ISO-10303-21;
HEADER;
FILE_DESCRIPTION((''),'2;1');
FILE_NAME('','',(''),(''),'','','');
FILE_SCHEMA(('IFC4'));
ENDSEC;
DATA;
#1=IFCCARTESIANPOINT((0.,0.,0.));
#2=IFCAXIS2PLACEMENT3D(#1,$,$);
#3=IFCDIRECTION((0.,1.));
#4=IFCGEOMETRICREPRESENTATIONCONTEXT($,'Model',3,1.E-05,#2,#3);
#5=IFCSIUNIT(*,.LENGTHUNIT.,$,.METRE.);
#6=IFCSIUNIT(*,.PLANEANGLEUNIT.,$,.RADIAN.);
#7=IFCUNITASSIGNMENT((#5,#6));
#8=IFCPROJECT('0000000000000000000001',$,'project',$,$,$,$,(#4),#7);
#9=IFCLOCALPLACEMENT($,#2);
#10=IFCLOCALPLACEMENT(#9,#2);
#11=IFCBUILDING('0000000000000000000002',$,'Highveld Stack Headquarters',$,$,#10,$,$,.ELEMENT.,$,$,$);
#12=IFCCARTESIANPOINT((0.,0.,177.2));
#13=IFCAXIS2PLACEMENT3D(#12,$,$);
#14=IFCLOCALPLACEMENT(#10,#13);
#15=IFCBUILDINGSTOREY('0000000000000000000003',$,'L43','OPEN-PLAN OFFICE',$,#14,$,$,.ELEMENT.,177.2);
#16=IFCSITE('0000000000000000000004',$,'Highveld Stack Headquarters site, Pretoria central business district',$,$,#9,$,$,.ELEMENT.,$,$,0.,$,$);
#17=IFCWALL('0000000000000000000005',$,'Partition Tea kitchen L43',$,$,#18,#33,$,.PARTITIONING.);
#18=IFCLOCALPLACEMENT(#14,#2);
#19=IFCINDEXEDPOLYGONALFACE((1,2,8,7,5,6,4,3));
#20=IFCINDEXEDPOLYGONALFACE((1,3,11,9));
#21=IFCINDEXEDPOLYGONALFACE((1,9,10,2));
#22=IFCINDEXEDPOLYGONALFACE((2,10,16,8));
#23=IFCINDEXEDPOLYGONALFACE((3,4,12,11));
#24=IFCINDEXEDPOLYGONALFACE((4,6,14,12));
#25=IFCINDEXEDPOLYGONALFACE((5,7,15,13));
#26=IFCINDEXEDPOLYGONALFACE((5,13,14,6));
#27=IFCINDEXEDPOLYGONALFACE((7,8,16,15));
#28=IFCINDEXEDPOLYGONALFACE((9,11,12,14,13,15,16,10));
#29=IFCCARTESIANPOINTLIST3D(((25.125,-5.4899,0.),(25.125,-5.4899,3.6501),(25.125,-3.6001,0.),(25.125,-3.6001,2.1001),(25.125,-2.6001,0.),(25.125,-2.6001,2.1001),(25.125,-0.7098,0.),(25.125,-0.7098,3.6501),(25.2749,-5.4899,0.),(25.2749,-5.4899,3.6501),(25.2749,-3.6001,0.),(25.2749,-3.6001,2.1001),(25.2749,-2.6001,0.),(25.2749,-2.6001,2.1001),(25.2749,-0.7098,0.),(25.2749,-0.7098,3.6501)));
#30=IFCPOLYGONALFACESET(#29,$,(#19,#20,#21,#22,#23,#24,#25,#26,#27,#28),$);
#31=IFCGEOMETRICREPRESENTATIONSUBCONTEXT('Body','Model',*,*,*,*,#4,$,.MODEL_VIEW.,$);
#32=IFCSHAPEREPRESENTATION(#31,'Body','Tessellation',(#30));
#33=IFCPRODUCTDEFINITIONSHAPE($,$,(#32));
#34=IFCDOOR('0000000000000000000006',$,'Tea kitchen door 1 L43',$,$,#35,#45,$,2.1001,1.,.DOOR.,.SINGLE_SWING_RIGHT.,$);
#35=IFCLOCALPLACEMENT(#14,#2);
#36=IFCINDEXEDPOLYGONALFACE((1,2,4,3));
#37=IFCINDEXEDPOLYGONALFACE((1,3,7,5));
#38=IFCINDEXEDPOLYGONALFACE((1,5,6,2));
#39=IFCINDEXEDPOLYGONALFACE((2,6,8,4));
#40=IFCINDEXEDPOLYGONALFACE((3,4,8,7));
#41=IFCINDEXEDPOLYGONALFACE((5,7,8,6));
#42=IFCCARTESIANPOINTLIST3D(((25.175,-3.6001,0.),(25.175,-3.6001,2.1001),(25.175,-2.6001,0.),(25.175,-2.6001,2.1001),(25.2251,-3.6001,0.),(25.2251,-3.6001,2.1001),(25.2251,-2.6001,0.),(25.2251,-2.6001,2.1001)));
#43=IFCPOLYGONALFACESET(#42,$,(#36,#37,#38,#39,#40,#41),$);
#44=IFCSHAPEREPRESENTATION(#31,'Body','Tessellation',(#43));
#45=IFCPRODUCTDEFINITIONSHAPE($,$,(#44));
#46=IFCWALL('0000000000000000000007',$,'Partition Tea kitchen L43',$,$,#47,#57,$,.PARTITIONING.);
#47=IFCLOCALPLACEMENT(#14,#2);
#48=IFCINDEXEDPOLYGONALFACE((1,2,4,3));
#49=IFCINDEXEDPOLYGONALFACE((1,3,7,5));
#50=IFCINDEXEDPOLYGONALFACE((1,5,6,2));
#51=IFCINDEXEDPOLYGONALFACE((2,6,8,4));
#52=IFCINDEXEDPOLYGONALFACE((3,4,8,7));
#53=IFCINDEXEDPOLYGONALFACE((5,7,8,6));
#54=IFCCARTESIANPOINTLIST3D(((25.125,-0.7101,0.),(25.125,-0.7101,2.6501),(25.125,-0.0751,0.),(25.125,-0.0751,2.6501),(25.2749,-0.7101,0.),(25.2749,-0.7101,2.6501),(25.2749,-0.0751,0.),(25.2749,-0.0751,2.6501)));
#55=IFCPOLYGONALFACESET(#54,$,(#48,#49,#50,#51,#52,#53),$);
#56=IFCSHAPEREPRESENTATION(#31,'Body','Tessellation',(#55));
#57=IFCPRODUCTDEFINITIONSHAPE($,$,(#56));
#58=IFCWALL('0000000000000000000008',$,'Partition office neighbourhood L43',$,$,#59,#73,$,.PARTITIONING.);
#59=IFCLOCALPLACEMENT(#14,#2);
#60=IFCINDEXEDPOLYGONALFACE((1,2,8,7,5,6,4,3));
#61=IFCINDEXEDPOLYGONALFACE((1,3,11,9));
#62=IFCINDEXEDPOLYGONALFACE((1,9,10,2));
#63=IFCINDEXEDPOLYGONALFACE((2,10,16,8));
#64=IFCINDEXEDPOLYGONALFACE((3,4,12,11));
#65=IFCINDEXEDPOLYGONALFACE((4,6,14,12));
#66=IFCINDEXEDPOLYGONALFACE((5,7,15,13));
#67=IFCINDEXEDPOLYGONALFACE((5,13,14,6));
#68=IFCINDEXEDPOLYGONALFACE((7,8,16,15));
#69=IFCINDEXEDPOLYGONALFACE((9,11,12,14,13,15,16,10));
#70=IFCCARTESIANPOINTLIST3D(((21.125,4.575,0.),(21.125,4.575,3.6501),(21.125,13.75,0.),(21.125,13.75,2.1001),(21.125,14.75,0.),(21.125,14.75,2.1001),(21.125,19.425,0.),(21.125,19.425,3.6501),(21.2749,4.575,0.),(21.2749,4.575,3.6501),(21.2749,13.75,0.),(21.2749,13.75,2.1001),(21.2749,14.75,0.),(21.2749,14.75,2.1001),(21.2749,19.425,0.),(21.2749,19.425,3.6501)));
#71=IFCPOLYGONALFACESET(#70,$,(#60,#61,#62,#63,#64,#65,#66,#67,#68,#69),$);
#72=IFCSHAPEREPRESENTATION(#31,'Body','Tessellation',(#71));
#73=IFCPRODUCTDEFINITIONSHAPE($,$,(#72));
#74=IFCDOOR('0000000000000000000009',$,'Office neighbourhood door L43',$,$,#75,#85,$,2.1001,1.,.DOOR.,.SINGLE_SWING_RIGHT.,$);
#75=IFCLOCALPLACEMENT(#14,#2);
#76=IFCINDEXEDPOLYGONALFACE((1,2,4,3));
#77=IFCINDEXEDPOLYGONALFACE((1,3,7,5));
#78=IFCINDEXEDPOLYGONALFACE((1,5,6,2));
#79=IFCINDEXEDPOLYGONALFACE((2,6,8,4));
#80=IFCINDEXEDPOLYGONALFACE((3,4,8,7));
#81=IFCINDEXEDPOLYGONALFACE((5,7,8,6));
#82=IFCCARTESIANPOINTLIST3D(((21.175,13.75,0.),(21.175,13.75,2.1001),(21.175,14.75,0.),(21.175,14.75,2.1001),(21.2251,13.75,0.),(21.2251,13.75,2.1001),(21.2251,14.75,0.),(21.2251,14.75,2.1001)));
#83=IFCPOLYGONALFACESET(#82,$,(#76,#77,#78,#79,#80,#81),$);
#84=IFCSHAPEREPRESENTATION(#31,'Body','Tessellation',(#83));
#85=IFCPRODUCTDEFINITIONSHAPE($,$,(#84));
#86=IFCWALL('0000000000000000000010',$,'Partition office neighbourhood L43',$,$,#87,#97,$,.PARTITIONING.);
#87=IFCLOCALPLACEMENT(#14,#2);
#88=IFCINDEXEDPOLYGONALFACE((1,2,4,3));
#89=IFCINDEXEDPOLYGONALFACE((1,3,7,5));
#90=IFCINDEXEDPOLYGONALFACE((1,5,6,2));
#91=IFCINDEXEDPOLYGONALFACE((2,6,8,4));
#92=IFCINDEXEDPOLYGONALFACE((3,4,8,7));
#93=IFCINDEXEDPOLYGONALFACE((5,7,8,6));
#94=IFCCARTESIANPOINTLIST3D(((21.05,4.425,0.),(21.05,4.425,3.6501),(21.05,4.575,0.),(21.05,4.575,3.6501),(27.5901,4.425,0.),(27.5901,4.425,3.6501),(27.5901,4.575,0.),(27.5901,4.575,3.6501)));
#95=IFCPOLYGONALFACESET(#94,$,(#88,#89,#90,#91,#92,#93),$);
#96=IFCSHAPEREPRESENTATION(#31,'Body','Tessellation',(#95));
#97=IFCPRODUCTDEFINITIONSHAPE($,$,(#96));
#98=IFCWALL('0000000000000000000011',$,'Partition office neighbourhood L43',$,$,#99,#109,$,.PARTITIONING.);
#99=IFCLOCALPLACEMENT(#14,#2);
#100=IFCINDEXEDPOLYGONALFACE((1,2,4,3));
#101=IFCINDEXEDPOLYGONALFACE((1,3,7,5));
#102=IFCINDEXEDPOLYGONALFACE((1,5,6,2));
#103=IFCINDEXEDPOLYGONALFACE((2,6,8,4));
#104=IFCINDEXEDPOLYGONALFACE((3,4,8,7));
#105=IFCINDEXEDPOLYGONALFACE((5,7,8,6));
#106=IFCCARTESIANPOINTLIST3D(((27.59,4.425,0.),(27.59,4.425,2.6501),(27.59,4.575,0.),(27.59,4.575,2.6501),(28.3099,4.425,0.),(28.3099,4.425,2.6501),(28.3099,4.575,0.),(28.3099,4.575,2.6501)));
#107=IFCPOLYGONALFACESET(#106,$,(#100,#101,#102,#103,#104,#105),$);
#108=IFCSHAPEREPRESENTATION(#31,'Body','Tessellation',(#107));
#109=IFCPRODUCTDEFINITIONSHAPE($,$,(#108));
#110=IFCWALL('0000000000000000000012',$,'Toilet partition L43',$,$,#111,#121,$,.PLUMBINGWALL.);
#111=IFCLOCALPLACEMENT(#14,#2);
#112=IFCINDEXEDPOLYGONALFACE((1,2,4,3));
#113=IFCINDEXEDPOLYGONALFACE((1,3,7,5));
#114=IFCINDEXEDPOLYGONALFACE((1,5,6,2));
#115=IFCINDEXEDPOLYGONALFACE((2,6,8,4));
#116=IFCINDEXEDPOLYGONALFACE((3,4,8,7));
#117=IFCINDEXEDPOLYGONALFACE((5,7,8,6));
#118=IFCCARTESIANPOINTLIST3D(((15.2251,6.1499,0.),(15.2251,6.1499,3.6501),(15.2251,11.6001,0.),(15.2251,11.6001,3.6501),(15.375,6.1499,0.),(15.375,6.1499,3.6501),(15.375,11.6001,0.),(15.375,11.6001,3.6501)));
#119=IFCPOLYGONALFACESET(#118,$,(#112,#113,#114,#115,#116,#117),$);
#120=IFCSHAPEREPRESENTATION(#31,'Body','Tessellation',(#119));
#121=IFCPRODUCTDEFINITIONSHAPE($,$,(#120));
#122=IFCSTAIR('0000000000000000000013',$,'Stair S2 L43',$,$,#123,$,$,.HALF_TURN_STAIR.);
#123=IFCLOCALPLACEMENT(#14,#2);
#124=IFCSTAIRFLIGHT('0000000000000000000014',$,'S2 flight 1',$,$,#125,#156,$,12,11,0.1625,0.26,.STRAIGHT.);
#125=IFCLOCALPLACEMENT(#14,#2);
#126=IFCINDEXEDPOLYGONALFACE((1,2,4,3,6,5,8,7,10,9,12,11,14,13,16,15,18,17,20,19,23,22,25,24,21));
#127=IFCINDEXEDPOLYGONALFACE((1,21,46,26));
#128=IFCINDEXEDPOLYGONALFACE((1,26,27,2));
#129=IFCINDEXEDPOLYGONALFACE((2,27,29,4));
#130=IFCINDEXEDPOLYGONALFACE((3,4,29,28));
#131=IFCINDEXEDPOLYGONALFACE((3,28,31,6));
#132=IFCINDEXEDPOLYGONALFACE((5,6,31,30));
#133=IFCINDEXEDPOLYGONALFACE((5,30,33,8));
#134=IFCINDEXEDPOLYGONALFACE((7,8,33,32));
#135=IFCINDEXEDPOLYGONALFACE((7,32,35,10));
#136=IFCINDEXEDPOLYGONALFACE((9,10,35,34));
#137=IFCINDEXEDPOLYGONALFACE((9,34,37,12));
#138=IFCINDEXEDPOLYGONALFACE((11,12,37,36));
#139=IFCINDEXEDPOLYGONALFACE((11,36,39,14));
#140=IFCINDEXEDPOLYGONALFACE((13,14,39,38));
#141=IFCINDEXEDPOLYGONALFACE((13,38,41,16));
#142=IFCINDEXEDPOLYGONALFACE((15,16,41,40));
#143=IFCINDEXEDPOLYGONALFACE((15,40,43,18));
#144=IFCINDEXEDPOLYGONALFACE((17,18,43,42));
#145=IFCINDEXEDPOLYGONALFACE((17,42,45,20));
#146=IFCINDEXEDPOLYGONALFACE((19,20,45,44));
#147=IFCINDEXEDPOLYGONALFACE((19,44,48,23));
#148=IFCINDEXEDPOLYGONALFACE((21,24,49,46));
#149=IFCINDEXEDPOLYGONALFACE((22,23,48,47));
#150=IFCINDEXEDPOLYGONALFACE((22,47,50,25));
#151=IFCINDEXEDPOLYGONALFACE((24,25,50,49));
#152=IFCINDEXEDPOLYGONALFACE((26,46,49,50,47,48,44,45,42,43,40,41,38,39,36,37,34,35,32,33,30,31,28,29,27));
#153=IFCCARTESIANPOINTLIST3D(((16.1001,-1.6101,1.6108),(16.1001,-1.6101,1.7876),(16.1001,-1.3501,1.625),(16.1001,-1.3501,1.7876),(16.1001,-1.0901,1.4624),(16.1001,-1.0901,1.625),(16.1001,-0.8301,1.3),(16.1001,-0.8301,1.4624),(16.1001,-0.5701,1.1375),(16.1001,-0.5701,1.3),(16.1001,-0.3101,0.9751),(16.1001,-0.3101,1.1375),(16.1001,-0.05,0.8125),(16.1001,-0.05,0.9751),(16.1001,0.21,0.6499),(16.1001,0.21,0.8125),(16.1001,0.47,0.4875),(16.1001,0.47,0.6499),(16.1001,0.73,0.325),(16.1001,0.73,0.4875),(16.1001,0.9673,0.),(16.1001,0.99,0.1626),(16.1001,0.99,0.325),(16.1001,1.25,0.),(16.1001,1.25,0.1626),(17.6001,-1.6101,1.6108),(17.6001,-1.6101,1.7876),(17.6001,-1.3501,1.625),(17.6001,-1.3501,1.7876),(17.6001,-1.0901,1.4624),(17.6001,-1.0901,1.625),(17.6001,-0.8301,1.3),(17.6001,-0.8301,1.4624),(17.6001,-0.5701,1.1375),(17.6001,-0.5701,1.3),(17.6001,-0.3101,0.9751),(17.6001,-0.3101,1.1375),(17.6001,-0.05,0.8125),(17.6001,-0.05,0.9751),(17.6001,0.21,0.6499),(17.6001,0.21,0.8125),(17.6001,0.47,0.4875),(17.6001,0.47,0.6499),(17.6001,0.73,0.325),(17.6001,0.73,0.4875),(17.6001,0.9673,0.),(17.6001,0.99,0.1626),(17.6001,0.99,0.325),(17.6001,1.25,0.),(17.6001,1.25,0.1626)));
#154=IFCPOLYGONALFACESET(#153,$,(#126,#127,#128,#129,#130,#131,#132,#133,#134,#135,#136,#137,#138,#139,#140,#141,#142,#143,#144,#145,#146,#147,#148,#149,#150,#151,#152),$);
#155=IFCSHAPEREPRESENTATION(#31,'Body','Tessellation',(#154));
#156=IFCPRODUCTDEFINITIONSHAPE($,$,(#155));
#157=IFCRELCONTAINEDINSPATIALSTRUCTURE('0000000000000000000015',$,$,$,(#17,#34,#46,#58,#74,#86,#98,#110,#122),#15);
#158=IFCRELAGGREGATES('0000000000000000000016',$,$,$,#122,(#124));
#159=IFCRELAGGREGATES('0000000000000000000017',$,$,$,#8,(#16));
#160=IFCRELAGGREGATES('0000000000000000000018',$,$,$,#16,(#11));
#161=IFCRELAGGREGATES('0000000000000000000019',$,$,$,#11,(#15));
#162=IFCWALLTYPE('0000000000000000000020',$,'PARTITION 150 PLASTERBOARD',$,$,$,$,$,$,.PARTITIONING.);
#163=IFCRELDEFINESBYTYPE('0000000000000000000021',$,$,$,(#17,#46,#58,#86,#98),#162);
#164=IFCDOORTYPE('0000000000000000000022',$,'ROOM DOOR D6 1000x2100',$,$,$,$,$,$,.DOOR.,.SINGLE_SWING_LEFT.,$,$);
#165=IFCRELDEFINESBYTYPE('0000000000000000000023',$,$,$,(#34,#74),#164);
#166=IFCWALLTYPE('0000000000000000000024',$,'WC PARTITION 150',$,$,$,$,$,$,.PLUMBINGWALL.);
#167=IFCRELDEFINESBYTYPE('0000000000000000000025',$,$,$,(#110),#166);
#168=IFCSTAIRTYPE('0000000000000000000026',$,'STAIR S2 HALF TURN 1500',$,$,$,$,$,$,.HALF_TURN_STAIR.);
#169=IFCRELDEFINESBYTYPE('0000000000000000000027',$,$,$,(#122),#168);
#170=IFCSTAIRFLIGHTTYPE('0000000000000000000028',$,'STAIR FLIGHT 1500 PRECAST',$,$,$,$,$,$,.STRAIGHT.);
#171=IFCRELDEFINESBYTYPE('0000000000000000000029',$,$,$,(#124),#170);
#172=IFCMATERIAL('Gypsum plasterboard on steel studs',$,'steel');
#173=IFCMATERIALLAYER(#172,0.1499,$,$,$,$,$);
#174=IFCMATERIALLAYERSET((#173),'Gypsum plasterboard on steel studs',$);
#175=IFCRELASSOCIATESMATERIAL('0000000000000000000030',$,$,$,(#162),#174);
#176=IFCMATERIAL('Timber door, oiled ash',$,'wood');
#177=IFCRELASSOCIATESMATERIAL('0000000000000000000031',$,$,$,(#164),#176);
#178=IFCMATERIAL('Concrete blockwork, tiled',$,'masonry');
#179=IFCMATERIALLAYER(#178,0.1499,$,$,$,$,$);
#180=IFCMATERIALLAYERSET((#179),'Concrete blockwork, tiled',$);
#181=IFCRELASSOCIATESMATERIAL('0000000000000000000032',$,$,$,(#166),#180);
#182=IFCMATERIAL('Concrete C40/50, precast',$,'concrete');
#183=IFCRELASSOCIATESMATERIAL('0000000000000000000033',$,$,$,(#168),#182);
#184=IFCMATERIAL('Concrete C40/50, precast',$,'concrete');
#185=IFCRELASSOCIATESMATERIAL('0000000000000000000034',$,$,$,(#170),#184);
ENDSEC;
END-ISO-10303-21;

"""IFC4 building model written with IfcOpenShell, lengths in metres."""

from ifc_helpers import new_model, si_unit, direction, frame, frame_2d, origin, place, context, subcontext, project, spatial, polyline, rectangle, outline, extrude, material, layer, layer_set, type_object, element, fill, aggregate, save


model = new_model("IFC4")

# Units and contexts
model_context = context("Model", 3, precision=1e-05, world=origin(), true_north=direction((0.0, 1.0)))
body_context = subcontext(model_context, "Body", "Model", "MODEL_VIEW")
ifc_project = project(units=[si_unit("LENGTHUNIT", "METRE"), si_unit("PLANEANGLEUNIT", "RADIAN")], contexts=[model_context])

# Site, building, storey
site_placement = place(None, origin())
site = spatial("IfcSite", under=ifc_project, at=site_placement, Name="Highveld Stack Headquarters site, Pretoria central business district", CompositionType="ELEMENT", RefElevation=0.0)
building_placement = place(site_placement, origin())
building = spatial("IfcBuilding", under=site, at=building_placement, Name="Highveld Stack Headquarters", CompositionType="ELEMENT")
storey_placement = place(building_placement, frame((0.0, 0.0, 177.2)))
storey = spatial("IfcBuildingStorey", under=building, at=storey_placement, Name="L43", Description="OPEN-PLAN OFFICE", CompositionType="ELEMENT", Elevation=177.2)

# Shared definitions
ifc_material_1 = material(Name="Gypsum plasterboard on steel studs", Category="steel")
ifc_layer_1 = layer(ifc_material_1, 0.1499)
ifc_layer_set_1 = layer_set([ifc_layer_1], Name="Gypsum plasterboard on steel studs")
wall_type_1 = type_object("IfcWallType", Name="PARTITION 150 PLASTERBOARD", PredefinedType="PARTITIONING", material=ifc_layer_set_1)

# Wall, opening, door
wall_1_placement = place(storey_placement, frame((25.2, -5.49, 0.0), z_axis=(0.0, 0.0, 1.0), x_axis=(0.0, 1.0, 0.0)))
wall_1 = element("IfcWall", 1, at=wall_1_placement, inside=storey, type_object=wall_type_1, Name="Partition Tea kitchen L43", PredefinedType="PARTITIONING", context=body_context, shape_type="SweptSolid", body=[
    extrude(rectangle(XDim=4.78, YDim=0.1499, at=frame_2d((2.3901, 0.0))), origin(), (0.0, 0.0, 1.0), 3.6501),
])
opening_1_placement = place(wall_1_placement, frame((1.8899, 0.0, 0.0)))
opening_1 = element("IfcOpeningElement", 2, at=opening_1_placement, cuts=wall_1, PredefinedType="OPENING", context=body_context, shape_type="SweptSolid", body=[
    extrude(rectangle(XDim=1.0, YDim=2.1001, at=frame_2d((0.5, 1.05))), frame((0.0, 0.085, 0.0), z_axis=(0.0, -1.0, 0.0), x_axis=(1.0, 0.0, 0.0)), (0.0, 0.0, 1.0), 0.1699),
])
ifc_material_2 = material(Name="Timber door, oiled ash", Category="wood")
door_type_1 = type_object("IfcDoorType", Name="ROOM DOOR D6 1000x2100", OperationType="SINGLE_SWING_LEFT", PredefinedType="DOOR", material=ifc_material_2)
door_1_placement = place(opening_1_placement, origin())
door_1 = element("IfcDoor", 3, at=door_1_placement, inside=storey, type_object=door_type_1, Name="Tea kitchen door 1 L43", OperationType="SINGLE_SWING_RIGHT", OverallHeight=2.1001, OverallWidth=1.0, PredefinedType="DOOR", context=body_context, shape_type="SweptSolid", body=[
    extrude(rectangle(XDim=1.0, YDim=2.1001, at=frame_2d((0.5, 1.05))), frame((0.0, 0.0249, 0.0), z_axis=(0.0, -1.0, 0.0), x_axis=(1.0, 0.0, 0.0)), (0.0, 0.0, 1.0), 0.05),
])
fill(opening_1, door_1)

# Wall
wall_2_placement = place(storey_placement, frame((25.2, -0.71, 0.0), z_axis=(0.0, 0.0, 1.0), x_axis=(0.0, 1.0, 0.0)))
element("IfcWall", 4, at=wall_2_placement, inside=storey, type_object=wall_type_1, Name="Partition Tea kitchen L43", PredefinedType="PARTITIONING", context=body_context, shape_type="SweptSolid", body=[
    extrude(rectangle(XDim=0.635, YDim=0.1499, at=frame_2d((0.3174, 0.0))), origin(), (0.0, 0.0, 1.0), 2.6501),
])

# Wall, opening, door
wall_3_placement = place(storey_placement, frame((21.2, 4.575, 0.0), z_axis=(0.0, 0.0, 1.0), x_axis=(0.0, 1.0, 0.0)))
wall_3 = element("IfcWall", 5, at=wall_3_placement, inside=storey, type_object=wall_type_1, Name="Partition office neighbourhood L43", PredefinedType="PARTITIONING", context=body_context, shape_type="SweptSolid", body=[
    extrude(rectangle(XDim=14.8501, YDim=0.1499, at=frame_2d((7.425, 0.0))), origin(), (0.0, 0.0, 1.0), 3.6501),
])
opening_2_placement = place(wall_3_placement, frame((9.175, 0.0, 0.0)))
opening_2 = element("IfcOpeningElement", 6, at=opening_2_placement, cuts=wall_3, PredefinedType="OPENING", context=body_context, shape_type="SweptSolid", body=[
    extrude(rectangle(XDim=1.0, YDim=2.1001, at=frame_2d((0.5, 1.05))), frame((0.0, 0.085, 0.0), z_axis=(0.0, -1.0, 0.0), x_axis=(1.0, 0.0, 0.0)), (0.0, 0.0, 1.0), 0.1699),
])
door_2_placement = place(opening_2_placement, origin())
door_2 = element("IfcDoor", 7, at=door_2_placement, inside=storey, type_object=door_type_1, Name="Office neighbourhood door L43", OperationType="SINGLE_SWING_RIGHT", OverallHeight=2.1001, OverallWidth=1.0, PredefinedType="DOOR", context=body_context, shape_type="SweptSolid", body=[
    extrude(rectangle(XDim=1.0, YDim=2.1001, at=frame_2d((0.5, 1.05))), frame((0.0, 0.0249, 0.0), z_axis=(0.0, -1.0, 0.0), x_axis=(1.0, 0.0, 0.0)), (0.0, 0.0, 1.0), 0.05),
])
fill(opening_2, door_2)

# Walls
wall_4_placement = place(storey_placement, frame((21.05, 4.5, 0.0), z_axis=(0.0, 0.0, 1.0), x_axis=(1.0, 0.0, 0.0)))
element("IfcWall", 8, at=wall_4_placement, inside=storey, type_object=wall_type_1, Name="Partition office neighbourhood L43", PredefinedType="PARTITIONING", context=body_context, shape_type="SweptSolid", body=[
    extrude(rectangle(XDim=6.54, YDim=0.1499, at=frame_2d((3.27, 0.0))), origin(), (0.0, 0.0, 1.0), 3.6501),
])
wall_5_placement = place(storey_placement, frame((27.5901, 4.5, 0.0), z_axis=(0.0, 0.0, 1.0), x_axis=(1.0, 0.0, 0.0)))
element("IfcWall", 9, at=wall_5_placement, inside=storey, type_object=wall_type_1, Name="Partition office neighbourhood L43", PredefinedType="PARTITIONING", context=body_context, shape_type="SweptSolid", body=[
    extrude(rectangle(XDim=0.72, YDim=0.1499, at=frame_2d((0.3599, 0.0))), origin(), (0.0, 0.0, 1.0), 2.6501),
])
ifc_material_3 = material(Name="Concrete blockwork, tiled", Category="masonry")
ifc_layer_2 = layer(ifc_material_3, 0.1499)
ifc_layer_set_2 = layer_set([ifc_layer_2], Name="Concrete blockwork, tiled")
wall_type_2 = type_object("IfcWallType", Name="WC PARTITION 150", PredefinedType="PLUMBINGWALL", material=ifc_layer_set_2)
wall_6_placement = place(storey_placement, frame((15.3, 6.1499, 0.0), z_axis=(0.0, 0.0, 1.0), x_axis=(0.0, 1.0, 0.0)))
element("IfcWall", 10, at=wall_6_placement, inside=storey, type_object=wall_type_2, Name="Toilet partition L43", PredefinedType="PLUMBINGWALL", context=body_context, shape_type="SweptSolid", body=[
    extrude(rectangle(XDim=5.4502, YDim=0.1499, at=frame_2d((2.7251, 0.0))), origin(), (0.0, 0.0, 1.0), 3.6501),
])

# Stair, stair flight
ifc_material_4 = material(Name="Concrete C40/50, precast", Category="concrete")
stair_type = type_object("IfcStairType", Name="STAIR S2 HALF TURN 1500", PredefinedType="HALF_TURN_STAIR", material=ifc_material_4)
stair_placement = place(storey_placement, origin())
stair = element("IfcStair", 11, at=stair_placement, inside=storey, type_object=stair_type, Name="Stair S2 L43", PredefinedType="HALF_TURN_STAIR")
ifc_material_5 = material(Name="Concrete C40/50, precast", Category="concrete")
stair_flight_type = type_object("IfcStairFlightType", Name="STAIR FLIGHT 1500 PRECAST", PredefinedType="STRAIGHT", material=ifc_material_5)
stair_flight_1_placement = place(storey_placement, frame((16.8501, 1.25, 0.0), z_axis=(0.0, 0.0, 1.0), x_axis=(0.0, -1.0, 0.0)))
stair_flight_1 = element("IfcStairFlight", 12, at=stair_flight_1_placement, type_object=stair_flight_type, Name="S2 flight 1", NumberOfRisers=12, NumberOfTreads=11, PredefinedType="STRAIGHT", RiserHeight=0.1625, TreadLength=0.26, context=body_context, shape_type="SweptSolid", body=[
    extrude(outline(polyline([(0.0, 0.0), (0.0, 0.1626), (0.26, 0.1626), (0.26, 0.325), (0.52, 0.325), (0.52, 0.4875), (0.78, 0.4875), (0.78, 0.6499), (1.04, 0.6499), (1.04, 0.8125), (1.3, 0.8125), (1.3, 0.9751), (1.5601, 0.9751), (1.5601, 1.1375), (1.8201, 1.1375), (1.8201, 1.3), (2.0801, 1.3), (2.0801, 1.4624), (2.3401, 1.4624), (2.3401, 1.625), (2.6001, 1.625), (2.6001, 1.7876), (2.8601, 1.7876), (2.8601, 1.95), (2.8601, 1.6108), (0.2827, 0.0), (0.0, 0.0)])), frame((0.0, 0.75, 0.0), z_axis=(0.0, -1.0, 0.0), x_axis=(1.0, 0.0, 0.0)), (0.0, 0.0, 1.0), 1.5),
])
aggregate(stair, [stair_flight_1])

save(model, "model.ifc")
